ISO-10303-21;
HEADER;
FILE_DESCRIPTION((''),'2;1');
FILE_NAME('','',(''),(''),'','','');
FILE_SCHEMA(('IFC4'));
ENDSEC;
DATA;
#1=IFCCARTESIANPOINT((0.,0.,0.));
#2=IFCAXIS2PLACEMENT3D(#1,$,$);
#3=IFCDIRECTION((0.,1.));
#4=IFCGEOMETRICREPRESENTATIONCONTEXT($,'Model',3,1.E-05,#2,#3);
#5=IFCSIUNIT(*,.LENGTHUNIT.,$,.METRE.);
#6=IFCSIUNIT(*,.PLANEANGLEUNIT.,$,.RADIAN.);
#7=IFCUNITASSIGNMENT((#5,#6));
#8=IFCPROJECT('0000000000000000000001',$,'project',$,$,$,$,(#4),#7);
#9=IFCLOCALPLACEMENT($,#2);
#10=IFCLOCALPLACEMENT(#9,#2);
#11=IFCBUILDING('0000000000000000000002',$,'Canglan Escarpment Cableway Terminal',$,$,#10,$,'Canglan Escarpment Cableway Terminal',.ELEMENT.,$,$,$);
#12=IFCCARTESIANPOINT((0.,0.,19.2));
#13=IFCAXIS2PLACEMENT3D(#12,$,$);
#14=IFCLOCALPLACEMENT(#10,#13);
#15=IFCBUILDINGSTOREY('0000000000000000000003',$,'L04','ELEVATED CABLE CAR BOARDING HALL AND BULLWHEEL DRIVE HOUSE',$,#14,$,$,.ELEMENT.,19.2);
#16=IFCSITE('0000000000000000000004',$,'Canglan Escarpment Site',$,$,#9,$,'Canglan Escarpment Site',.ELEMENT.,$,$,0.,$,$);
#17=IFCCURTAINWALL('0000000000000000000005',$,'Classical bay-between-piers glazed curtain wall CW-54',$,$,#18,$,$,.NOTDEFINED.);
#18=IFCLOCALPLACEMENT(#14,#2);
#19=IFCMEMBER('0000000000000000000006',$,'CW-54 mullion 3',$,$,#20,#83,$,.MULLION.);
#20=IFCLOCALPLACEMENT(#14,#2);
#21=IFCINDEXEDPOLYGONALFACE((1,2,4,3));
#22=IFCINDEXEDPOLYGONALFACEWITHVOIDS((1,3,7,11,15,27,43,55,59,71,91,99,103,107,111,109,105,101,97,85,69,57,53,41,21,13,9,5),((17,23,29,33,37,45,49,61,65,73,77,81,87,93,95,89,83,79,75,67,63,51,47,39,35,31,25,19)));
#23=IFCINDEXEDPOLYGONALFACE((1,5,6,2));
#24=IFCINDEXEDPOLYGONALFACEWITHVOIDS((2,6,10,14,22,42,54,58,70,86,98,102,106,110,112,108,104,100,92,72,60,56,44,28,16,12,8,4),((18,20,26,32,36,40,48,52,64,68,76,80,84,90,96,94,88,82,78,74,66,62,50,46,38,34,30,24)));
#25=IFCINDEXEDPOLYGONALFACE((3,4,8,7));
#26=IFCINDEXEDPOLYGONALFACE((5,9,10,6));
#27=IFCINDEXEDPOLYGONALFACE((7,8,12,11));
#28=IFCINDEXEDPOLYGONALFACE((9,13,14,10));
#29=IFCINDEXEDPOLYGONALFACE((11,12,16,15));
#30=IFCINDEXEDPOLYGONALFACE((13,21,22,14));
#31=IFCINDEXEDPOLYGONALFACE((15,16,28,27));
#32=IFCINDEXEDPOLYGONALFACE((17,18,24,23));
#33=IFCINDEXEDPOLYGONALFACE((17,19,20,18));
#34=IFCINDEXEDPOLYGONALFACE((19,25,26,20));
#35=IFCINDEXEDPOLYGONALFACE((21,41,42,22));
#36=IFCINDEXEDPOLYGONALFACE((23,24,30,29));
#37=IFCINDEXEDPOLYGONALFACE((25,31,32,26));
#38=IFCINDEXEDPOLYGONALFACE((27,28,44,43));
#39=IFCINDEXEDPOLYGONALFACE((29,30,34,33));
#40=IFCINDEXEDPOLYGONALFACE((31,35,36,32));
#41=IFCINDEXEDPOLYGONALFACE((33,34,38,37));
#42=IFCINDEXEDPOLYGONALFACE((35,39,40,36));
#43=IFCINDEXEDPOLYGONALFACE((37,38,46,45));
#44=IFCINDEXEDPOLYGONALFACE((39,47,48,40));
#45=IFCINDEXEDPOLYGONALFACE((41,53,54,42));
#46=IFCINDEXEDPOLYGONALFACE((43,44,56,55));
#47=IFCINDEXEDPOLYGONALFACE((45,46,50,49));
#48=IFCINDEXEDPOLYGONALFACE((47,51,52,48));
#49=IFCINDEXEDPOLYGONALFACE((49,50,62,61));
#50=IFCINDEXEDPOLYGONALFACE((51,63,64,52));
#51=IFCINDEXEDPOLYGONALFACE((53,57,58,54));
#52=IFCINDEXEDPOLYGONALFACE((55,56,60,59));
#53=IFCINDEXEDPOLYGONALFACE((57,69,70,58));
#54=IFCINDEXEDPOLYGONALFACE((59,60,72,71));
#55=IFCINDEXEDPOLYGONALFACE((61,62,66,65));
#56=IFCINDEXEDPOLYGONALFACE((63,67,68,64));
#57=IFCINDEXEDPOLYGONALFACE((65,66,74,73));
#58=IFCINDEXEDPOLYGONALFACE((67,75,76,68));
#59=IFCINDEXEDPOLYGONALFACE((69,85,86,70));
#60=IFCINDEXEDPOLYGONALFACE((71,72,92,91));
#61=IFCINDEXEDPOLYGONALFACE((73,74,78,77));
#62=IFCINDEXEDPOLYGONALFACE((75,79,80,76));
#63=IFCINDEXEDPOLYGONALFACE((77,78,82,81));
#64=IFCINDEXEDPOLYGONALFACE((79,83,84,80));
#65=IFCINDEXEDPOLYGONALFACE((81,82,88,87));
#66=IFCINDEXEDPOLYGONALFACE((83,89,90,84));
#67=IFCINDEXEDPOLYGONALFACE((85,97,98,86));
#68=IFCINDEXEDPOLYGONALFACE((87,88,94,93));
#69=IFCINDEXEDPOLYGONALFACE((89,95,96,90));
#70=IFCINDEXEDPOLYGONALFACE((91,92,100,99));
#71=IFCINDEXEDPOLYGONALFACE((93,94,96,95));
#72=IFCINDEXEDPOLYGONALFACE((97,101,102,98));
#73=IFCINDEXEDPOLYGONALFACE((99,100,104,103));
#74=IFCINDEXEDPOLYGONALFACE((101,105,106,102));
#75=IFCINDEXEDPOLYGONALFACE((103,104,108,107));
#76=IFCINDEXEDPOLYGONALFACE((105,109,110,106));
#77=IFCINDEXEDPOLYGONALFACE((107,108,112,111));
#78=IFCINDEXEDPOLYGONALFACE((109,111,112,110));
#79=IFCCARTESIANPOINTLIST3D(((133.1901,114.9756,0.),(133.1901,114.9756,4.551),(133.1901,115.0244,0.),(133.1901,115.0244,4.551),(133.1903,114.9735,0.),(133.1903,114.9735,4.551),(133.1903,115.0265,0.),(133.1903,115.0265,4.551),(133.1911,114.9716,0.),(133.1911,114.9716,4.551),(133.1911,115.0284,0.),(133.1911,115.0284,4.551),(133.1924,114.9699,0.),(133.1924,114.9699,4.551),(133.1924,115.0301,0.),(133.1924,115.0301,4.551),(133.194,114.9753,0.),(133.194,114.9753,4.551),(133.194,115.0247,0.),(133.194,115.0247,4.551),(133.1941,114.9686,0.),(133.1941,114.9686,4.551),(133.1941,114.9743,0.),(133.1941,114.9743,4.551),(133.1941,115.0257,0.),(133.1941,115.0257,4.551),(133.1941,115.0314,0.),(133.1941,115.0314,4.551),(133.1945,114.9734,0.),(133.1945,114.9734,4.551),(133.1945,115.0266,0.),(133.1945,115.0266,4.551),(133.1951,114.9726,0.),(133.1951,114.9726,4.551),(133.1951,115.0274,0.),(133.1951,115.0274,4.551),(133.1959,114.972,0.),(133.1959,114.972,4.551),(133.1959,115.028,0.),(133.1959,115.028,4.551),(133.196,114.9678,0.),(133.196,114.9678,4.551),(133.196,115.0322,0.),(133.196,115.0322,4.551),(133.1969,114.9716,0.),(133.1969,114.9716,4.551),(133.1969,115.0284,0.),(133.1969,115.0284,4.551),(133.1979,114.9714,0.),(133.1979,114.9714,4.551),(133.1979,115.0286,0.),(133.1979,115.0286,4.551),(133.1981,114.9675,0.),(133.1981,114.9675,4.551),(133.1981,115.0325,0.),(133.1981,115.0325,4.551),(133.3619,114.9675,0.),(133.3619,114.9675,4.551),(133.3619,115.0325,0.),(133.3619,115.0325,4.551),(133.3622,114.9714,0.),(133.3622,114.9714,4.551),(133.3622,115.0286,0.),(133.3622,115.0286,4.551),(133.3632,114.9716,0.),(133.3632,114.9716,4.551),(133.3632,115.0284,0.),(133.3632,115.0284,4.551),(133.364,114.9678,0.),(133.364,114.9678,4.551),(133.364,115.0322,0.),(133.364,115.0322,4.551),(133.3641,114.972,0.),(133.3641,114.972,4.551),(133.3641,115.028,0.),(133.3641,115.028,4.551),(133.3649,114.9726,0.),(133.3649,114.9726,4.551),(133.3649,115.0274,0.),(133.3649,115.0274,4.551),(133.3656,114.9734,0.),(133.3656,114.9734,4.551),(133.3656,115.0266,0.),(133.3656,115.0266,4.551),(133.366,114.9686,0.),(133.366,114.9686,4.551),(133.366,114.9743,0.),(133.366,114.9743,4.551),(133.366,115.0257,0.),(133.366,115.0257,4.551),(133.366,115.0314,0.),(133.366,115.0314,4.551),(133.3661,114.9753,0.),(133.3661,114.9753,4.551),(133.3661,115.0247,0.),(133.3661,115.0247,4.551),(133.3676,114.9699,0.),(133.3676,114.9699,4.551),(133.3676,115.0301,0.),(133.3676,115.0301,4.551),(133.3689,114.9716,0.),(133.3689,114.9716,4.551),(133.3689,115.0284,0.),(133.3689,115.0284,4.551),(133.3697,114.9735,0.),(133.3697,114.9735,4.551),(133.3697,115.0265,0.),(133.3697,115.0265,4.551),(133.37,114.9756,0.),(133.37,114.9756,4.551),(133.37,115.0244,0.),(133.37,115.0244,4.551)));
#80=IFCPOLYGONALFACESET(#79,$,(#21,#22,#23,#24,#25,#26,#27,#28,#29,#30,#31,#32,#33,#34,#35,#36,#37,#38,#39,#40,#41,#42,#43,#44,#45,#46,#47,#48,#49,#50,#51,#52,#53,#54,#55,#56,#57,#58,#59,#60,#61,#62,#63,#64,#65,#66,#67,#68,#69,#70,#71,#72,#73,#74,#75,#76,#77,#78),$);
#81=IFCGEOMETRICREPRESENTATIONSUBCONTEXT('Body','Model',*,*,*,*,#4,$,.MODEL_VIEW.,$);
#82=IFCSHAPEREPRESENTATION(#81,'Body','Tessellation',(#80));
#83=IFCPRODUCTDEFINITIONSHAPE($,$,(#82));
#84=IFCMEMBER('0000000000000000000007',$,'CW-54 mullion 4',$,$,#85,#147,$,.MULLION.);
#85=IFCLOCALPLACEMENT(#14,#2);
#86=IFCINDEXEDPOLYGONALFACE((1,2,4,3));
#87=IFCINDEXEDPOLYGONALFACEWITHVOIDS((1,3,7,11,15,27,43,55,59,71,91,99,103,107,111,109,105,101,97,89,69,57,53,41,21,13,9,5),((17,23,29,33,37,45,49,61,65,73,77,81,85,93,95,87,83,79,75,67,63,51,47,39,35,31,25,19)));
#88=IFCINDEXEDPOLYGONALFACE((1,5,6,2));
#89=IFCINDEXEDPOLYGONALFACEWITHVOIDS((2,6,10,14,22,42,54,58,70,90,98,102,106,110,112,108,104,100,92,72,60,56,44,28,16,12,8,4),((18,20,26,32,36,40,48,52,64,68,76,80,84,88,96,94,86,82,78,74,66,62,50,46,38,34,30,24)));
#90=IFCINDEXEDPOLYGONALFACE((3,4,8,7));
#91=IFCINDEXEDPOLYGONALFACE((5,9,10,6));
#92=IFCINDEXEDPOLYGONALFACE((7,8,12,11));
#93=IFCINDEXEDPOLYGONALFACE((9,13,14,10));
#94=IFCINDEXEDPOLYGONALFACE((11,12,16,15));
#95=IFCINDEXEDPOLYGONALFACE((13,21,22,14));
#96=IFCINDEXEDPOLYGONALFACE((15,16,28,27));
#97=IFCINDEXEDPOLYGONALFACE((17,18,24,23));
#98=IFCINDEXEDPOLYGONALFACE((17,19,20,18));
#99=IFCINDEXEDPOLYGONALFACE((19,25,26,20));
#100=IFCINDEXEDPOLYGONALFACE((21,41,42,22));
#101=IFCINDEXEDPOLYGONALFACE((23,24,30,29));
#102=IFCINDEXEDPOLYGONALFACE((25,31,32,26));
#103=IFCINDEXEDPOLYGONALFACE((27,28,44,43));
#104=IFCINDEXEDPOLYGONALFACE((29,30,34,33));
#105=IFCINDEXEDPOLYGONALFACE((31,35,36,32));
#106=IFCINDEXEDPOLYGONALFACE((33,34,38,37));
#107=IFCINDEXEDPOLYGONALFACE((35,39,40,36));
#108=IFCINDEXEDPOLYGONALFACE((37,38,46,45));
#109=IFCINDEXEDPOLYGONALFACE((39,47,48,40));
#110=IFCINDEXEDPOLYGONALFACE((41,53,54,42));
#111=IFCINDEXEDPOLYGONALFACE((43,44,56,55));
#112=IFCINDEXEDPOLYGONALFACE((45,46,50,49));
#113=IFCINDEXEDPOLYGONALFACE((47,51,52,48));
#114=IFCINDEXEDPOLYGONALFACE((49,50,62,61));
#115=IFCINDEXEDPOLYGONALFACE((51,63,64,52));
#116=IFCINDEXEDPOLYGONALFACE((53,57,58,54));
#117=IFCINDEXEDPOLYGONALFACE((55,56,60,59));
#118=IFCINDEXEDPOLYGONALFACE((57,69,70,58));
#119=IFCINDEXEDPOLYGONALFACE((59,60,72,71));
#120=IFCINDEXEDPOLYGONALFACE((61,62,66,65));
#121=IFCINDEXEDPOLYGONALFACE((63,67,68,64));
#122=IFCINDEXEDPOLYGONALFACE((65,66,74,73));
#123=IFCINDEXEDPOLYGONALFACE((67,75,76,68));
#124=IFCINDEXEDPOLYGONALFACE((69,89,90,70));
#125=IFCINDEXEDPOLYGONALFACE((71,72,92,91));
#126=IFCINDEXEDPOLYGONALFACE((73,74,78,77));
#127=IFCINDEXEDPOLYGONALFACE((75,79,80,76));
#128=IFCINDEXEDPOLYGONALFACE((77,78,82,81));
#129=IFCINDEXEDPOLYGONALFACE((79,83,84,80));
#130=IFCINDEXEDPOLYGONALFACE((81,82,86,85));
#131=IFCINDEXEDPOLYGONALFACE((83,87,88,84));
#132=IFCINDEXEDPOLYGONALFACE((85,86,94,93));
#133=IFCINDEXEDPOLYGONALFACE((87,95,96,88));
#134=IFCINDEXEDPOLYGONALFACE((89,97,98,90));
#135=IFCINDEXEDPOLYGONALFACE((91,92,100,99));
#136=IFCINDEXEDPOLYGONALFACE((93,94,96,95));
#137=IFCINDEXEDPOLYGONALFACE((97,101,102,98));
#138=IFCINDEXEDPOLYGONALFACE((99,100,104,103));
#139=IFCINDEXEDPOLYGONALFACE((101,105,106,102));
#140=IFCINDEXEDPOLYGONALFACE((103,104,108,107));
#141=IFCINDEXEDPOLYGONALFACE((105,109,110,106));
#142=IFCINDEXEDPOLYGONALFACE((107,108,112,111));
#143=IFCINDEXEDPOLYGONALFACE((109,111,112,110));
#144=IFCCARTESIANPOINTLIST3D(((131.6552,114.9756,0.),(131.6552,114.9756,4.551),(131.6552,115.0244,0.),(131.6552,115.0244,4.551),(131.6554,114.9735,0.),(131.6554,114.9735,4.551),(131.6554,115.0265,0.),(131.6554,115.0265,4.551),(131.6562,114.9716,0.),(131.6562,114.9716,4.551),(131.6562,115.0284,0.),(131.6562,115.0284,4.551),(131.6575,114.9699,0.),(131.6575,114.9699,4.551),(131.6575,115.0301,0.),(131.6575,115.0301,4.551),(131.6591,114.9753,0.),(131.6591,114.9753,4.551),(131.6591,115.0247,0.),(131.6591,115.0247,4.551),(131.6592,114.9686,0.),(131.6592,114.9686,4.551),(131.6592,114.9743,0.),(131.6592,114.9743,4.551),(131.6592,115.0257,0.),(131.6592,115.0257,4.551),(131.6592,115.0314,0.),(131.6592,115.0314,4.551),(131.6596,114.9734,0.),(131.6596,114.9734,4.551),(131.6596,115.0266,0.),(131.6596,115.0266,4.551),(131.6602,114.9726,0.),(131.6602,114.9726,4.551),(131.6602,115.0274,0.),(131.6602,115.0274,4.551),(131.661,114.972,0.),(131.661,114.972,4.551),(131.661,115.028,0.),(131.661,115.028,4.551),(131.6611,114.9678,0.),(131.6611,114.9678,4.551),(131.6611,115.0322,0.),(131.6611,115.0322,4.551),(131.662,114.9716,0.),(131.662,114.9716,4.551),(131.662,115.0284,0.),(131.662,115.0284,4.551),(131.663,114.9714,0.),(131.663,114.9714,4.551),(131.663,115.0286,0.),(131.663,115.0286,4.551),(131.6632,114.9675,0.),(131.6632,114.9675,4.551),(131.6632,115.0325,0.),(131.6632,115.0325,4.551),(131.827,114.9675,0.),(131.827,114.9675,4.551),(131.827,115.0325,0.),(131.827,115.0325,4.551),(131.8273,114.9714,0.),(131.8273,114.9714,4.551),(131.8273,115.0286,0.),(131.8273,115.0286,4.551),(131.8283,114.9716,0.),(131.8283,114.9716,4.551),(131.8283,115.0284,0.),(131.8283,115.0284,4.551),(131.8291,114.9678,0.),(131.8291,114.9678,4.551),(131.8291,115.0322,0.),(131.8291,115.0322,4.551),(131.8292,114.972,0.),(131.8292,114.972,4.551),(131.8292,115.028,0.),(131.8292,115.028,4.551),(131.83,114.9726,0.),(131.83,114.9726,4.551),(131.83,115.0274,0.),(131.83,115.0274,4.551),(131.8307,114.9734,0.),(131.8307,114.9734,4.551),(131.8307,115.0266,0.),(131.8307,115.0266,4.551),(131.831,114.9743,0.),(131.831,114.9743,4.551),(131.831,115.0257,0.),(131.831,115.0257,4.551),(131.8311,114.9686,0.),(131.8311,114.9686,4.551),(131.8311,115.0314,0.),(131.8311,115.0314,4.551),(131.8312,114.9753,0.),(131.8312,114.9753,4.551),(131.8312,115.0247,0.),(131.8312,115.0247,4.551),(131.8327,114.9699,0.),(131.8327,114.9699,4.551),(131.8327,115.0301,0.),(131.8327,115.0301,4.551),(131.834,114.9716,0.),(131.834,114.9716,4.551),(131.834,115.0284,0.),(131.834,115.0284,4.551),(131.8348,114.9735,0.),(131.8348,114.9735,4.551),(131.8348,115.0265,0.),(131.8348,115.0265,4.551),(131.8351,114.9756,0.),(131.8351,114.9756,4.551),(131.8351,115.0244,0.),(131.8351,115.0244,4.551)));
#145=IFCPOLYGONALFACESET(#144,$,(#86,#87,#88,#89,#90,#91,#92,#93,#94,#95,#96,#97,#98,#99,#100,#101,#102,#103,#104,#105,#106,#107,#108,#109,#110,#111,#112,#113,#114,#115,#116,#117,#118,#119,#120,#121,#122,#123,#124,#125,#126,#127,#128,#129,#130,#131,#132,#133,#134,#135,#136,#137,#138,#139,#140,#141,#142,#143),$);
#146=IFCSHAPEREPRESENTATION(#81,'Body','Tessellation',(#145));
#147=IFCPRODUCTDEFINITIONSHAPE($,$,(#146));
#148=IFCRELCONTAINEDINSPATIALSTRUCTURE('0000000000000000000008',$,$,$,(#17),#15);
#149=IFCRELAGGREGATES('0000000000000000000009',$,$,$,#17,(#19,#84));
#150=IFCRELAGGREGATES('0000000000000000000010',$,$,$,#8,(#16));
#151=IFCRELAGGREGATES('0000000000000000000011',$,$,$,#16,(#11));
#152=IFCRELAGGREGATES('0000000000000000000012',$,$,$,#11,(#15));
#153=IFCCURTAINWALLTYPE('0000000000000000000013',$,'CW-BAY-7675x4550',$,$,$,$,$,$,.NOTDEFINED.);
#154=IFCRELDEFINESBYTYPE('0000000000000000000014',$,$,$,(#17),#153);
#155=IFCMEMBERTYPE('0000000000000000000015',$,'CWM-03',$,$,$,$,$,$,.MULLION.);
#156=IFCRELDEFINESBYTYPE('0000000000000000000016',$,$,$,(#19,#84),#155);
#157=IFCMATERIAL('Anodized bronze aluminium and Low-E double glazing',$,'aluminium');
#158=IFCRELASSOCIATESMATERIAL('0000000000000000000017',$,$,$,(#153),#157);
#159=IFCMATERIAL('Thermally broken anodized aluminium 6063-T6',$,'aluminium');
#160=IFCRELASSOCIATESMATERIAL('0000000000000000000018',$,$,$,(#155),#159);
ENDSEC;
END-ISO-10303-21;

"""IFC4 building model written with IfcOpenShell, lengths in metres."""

from ifc_helpers import new_model, si_unit, direction, frame, origin, origin_2d, place, context, subcontext, project, spatial, hollow_rectangle, extrude, material, material_profile, profile_set, type_object, element, aggregate, save


model = new_model("IFC4")

# Units and contexts
model_context = context("Model", 3, precision=1e-05, world=origin(), true_north=direction((0.0, 1.0)))
body_context = subcontext(model_context, "Body", "Model", "MODEL_VIEW")
ifc_project = project(units=[si_unit("LENGTHUNIT", "METRE"), si_unit("PLANEANGLEUNIT", "RADIAN")], contexts=[model_context])

# Site, building, storey
site_placement = place(None, origin())
site = spatial("IfcSite", under=ifc_project, at=site_placement, Name="Canglan Escarpment Site", LongName="Canglan Escarpment Site", CompositionType="ELEMENT", RefElevation=0.0)
building_placement = place(site_placement, origin())
building = spatial("IfcBuilding", under=site, at=building_placement, Name="Canglan Escarpment Cableway Terminal", LongName="Canglan Escarpment Cableway Terminal", CompositionType="ELEMENT")
storey_placement = place(building_placement, frame((0.0, 0.0, 19.2)))
storey = spatial("IfcBuildingStorey", under=building, at=storey_placement, Name="L04", Description="ELEVATED CABLE CAR BOARDING HALL AND BULLWHEEL DRIVE HOUSE", CompositionType="ELEMENT", Elevation=19.2)

# Curtain wall, members
ifc_material_1 = material(Name="Anodized bronze aluminium and Low-E double glazing", Category="aluminium")
curtain_wall_type = type_object("IfcCurtainWallType", Name="CW-BAY-7675x4550", PredefinedType="NOTDEFINED", material=ifc_material_1)
curtain_wall_placement = place(storey_placement, origin())
curtain_wall = element("IfcCurtainWall", 1, at=curtain_wall_placement, inside=storey, type_object=curtain_wall_type, Name="Classical bay-between-piers glazed curtain wall CW-54", PredefinedType="NOTDEFINED")
ifc_material_2 = material(Name="Thermally broken anodized aluminium 6063-T6", Category="aluminium")
ifc_material_profile_1 = material_profile(ifc_material_2, hollow_rectangle(XDim=0.0649, YDim=0.1799, WallThickness=0.0039, InnerFilletRadius=0.0039, OuterFilletRadius=0.0081, at=origin_2d()), Name="ALU-MULL 65x180x4")
ifc_profile_set_1 = profile_set([ifc_material_profile_1], Name="Thermally broken anodized aluminium 6063-T6")
member_type_1 = type_object("IfcMemberType", Name="CWM-03", PredefinedType="MULLION", material=ifc_profile_set_1)
member_1_placement = place(storey_placement, frame((133.28, 115.0, 0.0), z_axis=(0.0, 0.0, 1.0), x_axis=(0.0, -1.0, 0.0)))
member_1 = element("IfcMember", 2, at=member_1_placement, type_object=member_type_1, Name="CW-54 mullion 3", PredefinedType="MULLION", context=body_context, shape_type="SweptSolid", body=[
    extrude(hollow_rectangle(XDim=0.0649, YDim=0.1799, WallThickness=0.0039, InnerFilletRadius=0.0039, OuterFilletRadius=0.0081, at=origin_2d()), origin(), (0.0, 0.0, 1.0), 4.551),
])
member_2_placement = place(storey_placement, frame((131.7451, 115.0, 0.0), z_axis=(0.0, 0.0, 1.0), x_axis=(0.0, -1.0, 0.0)))
member_2 = element("IfcMember", 3, at=member_2_placement, type_object=member_type_1, Name="CW-54 mullion 4", PredefinedType="MULLION", context=body_context, shape_type="SweptSolid", body=[
    extrude(hollow_rectangle(XDim=0.0649, YDim=0.1799, WallThickness=0.0039, InnerFilletRadius=0.0039, OuterFilletRadius=0.0081, at=origin_2d()), origin(), (0.0, 0.0, 1.0), 4.551),
])
aggregate(curtain_wall, [member_1, member_2])

save(model, "model.ifc")
